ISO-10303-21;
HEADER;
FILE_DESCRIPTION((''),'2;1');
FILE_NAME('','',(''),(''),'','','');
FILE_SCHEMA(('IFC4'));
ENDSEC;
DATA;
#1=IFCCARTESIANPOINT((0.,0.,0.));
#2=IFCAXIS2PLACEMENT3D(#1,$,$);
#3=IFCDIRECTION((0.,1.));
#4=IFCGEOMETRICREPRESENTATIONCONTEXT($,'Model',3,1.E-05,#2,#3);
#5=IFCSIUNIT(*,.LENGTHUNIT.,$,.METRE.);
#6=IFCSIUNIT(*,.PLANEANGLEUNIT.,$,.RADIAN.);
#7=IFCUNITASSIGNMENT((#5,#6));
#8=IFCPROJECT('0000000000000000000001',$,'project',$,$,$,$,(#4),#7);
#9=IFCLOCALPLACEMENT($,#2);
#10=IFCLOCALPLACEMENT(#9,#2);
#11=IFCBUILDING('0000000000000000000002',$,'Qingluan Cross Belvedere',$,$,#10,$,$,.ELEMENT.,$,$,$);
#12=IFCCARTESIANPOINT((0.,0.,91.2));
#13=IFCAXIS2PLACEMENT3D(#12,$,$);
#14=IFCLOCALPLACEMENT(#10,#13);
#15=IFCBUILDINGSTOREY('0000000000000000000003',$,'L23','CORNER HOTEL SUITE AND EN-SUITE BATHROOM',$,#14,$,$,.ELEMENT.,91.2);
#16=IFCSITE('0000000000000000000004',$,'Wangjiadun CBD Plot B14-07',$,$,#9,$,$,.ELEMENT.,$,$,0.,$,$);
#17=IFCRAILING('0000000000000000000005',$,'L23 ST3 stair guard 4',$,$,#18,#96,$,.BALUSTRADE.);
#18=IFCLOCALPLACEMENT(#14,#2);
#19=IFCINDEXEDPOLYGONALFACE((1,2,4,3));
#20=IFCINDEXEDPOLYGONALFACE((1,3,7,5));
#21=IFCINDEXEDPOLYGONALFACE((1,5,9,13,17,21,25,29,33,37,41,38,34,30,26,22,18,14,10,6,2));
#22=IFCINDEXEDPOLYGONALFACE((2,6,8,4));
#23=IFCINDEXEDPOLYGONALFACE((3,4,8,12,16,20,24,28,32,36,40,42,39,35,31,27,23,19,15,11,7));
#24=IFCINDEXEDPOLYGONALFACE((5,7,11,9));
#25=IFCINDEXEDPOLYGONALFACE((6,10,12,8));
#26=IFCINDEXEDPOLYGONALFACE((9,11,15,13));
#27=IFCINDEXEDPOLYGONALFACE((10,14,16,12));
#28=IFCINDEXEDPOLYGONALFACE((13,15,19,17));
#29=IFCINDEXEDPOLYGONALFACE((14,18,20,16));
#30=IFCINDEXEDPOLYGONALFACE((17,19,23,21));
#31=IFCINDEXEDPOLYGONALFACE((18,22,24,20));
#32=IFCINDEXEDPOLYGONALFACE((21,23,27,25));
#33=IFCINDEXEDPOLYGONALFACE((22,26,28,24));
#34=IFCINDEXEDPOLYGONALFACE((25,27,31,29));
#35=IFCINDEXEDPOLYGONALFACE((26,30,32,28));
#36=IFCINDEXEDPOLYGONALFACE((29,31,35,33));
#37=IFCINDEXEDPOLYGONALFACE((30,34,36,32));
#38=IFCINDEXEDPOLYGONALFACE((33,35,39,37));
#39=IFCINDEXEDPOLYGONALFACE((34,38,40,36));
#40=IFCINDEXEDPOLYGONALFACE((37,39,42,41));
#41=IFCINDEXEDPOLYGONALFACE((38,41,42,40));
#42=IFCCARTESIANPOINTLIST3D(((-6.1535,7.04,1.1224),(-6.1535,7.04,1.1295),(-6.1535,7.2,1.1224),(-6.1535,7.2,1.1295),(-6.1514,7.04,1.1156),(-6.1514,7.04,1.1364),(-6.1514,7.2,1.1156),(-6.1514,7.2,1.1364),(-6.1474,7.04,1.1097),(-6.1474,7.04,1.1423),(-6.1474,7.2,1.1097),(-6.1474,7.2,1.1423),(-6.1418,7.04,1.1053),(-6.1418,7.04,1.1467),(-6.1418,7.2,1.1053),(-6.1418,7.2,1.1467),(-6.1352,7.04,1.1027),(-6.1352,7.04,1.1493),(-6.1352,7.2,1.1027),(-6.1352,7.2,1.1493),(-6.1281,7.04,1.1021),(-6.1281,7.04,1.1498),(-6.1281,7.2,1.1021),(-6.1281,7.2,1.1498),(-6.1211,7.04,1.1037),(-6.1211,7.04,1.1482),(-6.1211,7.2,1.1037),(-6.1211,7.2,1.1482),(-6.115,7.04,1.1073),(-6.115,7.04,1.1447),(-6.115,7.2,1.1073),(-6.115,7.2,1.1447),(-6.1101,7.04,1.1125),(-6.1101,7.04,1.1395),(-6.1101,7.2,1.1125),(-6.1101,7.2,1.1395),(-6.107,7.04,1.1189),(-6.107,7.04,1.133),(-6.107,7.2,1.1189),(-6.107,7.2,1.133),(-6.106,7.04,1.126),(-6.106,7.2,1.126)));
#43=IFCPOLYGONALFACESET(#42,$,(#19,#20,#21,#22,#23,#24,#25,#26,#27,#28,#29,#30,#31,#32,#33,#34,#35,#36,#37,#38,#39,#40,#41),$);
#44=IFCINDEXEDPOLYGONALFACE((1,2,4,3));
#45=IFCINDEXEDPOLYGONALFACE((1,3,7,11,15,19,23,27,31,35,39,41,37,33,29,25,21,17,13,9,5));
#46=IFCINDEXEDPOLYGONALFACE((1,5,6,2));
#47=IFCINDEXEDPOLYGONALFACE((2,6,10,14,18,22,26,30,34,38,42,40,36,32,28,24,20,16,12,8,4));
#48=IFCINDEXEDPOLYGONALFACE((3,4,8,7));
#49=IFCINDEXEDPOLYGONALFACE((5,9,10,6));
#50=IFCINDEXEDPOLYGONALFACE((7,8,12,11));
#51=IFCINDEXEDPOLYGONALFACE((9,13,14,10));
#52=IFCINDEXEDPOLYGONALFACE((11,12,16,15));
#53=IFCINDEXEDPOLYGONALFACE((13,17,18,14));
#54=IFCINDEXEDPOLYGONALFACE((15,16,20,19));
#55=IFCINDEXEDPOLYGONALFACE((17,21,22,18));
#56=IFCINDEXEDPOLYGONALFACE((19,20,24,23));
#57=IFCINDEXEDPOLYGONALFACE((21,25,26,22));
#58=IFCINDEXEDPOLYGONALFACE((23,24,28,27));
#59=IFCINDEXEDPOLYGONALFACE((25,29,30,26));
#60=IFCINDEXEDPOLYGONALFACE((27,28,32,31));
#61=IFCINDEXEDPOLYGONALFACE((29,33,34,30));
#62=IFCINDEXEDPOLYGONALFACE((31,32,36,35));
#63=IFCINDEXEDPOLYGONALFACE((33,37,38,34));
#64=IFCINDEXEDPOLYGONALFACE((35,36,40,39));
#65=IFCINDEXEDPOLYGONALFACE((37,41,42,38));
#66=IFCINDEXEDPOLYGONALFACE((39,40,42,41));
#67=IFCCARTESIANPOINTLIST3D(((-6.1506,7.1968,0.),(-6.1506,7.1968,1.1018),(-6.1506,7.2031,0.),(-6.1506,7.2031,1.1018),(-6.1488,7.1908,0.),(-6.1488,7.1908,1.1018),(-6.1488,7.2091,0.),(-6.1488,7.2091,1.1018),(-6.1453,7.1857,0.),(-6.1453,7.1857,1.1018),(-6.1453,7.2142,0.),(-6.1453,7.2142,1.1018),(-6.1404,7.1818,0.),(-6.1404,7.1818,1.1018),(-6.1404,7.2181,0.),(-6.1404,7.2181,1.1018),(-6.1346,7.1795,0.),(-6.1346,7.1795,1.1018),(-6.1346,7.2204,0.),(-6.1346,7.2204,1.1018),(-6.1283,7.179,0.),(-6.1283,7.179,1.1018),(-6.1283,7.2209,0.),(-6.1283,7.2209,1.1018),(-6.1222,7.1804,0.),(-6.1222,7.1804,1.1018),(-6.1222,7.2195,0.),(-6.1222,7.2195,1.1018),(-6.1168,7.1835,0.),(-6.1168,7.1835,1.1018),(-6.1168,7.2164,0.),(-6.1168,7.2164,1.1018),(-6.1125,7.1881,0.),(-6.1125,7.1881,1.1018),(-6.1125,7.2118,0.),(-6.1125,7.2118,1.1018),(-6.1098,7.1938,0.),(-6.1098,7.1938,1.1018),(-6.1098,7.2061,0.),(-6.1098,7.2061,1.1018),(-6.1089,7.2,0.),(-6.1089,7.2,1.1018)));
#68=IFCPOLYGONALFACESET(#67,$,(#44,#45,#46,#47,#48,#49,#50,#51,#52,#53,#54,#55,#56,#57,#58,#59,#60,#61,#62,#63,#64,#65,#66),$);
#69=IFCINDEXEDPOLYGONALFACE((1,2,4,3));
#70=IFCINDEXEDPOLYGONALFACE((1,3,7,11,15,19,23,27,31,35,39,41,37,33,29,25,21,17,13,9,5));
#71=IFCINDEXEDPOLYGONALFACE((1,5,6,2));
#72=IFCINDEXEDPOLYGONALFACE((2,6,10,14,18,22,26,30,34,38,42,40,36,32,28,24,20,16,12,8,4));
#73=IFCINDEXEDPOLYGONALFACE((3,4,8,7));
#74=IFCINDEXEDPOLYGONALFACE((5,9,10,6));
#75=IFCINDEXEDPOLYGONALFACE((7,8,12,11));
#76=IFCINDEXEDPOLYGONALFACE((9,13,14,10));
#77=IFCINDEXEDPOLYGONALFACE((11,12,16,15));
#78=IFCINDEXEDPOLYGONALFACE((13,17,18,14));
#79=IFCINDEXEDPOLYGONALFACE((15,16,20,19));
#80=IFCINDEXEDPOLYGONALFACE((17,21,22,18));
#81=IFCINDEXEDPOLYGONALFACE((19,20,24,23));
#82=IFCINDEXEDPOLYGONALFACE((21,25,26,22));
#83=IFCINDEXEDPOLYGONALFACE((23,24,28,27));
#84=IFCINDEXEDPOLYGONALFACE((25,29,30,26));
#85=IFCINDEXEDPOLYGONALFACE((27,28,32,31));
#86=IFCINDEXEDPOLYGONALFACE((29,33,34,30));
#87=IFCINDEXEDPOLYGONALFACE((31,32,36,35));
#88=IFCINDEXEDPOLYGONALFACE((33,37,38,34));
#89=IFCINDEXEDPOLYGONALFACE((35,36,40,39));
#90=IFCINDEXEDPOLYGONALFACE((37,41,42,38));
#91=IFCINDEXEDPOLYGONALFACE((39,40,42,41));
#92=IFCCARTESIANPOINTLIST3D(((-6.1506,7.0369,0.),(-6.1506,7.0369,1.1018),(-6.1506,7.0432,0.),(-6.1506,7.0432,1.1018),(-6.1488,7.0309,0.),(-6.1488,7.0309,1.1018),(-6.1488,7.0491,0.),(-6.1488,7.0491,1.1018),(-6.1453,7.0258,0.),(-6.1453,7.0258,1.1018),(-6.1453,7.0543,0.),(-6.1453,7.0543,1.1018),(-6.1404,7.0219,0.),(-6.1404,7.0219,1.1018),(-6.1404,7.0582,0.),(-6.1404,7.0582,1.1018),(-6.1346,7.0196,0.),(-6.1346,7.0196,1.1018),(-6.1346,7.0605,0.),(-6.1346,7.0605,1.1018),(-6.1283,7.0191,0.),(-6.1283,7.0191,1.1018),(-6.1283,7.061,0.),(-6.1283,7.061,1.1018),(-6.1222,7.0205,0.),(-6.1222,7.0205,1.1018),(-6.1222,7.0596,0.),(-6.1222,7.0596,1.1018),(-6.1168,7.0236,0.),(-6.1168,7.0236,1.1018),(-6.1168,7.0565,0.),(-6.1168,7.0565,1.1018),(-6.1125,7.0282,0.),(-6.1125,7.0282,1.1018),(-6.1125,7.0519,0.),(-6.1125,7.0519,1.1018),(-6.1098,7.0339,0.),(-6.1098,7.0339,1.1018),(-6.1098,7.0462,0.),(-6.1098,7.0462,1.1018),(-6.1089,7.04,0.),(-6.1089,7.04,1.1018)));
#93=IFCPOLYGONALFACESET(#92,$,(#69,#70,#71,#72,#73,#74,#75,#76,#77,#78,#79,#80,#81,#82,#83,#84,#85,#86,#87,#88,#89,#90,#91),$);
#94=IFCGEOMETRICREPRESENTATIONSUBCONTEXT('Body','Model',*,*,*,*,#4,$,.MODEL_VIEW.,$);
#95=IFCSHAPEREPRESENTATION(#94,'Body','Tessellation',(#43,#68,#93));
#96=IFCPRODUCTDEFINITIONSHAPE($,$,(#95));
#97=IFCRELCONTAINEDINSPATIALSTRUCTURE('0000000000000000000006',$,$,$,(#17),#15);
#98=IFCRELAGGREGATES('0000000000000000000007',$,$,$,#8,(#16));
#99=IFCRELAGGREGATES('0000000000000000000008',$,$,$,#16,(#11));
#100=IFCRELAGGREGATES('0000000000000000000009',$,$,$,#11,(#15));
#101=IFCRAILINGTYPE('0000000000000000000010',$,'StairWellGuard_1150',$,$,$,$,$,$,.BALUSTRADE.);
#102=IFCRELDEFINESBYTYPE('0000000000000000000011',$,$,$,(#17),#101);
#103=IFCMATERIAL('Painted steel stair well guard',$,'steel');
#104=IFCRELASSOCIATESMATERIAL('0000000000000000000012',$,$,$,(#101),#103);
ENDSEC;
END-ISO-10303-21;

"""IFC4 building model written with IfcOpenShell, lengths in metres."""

from ifc_helpers import new_model, si_unit, direction, frame, origin, origin_2d, place, context, subcontext, project, spatial, circle, extrude, material, type_object, element, save


model = new_model("IFC4")

# Units and contexts
model_context = context("Model", 3, precision=1e-05, world=origin(), true_north=direction((0.0, 1.0)))
body_context = subcontext(model_context, "Body", "Model", "MODEL_VIEW")
ifc_project = project(units=[si_unit("LENGTHUNIT", "METRE"), si_unit("PLANEANGLEUNIT", "RADIAN")], contexts=[model_context])

# Site, building, storey
site_placement = place(None, origin())
site = spatial("IfcSite", under=ifc_project, at=site_placement, Name="Wangjiadun CBD Plot B14-07", CompositionType="ELEMENT", RefElevation=0.0)
building_placement = place(site_placement, origin())
building = spatial("IfcBuilding", under=site, at=building_placement, Name="Qingluan Cross Belvedere", CompositionType="ELEMENT")
storey_placement = place(building_placement, frame((0.0, 0.0, 91.2)))
storey = spatial("IfcBuildingStorey", under=building, at=storey_placement, Name="L23", Description="CORNER HOTEL SUITE AND EN-SUITE BATHROOM", CompositionType="ELEMENT", Elevation=91.2)

# Railing
ifc_material_1 = material(Name="Painted steel stair well guard", Category="steel")
railing_type_1 = type_object("IfcRailingType", Name="StairWellGuard_1150", PredefinedType="BALUSTRADE", material=ifc_material_1)
railing_1_placement = place(storey_placement, frame((-6.1299, 7.2, 0.0)))
element("IfcRailing", 1, at=railing_1_placement, inside=storey, type_object=railing_type_1, Name="L23 ST3 stair guard 4", PredefinedType="BALUSTRADE", context=body_context, shape_type="SweptSolid", body=[
    extrude(circle(Radius=0.0239, at=origin_2d()), frame((0.0, 0.0, 1.126), z_axis=(0.0, -1.0, 0.0), x_axis=(1.0, 0.0, 0.0)), (0.0, 0.0, 1.0), 0.1599),
    extrude(circle(Radius=0.021, at=origin_2d()), origin(), (0.0, 0.0, 1.0), 1.1018),
    extrude(circle(Radius=0.021, at=origin_2d()), frame((0.0, -0.1599, 0.0)), (0.0, 0.0, 1.0), 1.1018),
])

save(model, "model.ifc")
